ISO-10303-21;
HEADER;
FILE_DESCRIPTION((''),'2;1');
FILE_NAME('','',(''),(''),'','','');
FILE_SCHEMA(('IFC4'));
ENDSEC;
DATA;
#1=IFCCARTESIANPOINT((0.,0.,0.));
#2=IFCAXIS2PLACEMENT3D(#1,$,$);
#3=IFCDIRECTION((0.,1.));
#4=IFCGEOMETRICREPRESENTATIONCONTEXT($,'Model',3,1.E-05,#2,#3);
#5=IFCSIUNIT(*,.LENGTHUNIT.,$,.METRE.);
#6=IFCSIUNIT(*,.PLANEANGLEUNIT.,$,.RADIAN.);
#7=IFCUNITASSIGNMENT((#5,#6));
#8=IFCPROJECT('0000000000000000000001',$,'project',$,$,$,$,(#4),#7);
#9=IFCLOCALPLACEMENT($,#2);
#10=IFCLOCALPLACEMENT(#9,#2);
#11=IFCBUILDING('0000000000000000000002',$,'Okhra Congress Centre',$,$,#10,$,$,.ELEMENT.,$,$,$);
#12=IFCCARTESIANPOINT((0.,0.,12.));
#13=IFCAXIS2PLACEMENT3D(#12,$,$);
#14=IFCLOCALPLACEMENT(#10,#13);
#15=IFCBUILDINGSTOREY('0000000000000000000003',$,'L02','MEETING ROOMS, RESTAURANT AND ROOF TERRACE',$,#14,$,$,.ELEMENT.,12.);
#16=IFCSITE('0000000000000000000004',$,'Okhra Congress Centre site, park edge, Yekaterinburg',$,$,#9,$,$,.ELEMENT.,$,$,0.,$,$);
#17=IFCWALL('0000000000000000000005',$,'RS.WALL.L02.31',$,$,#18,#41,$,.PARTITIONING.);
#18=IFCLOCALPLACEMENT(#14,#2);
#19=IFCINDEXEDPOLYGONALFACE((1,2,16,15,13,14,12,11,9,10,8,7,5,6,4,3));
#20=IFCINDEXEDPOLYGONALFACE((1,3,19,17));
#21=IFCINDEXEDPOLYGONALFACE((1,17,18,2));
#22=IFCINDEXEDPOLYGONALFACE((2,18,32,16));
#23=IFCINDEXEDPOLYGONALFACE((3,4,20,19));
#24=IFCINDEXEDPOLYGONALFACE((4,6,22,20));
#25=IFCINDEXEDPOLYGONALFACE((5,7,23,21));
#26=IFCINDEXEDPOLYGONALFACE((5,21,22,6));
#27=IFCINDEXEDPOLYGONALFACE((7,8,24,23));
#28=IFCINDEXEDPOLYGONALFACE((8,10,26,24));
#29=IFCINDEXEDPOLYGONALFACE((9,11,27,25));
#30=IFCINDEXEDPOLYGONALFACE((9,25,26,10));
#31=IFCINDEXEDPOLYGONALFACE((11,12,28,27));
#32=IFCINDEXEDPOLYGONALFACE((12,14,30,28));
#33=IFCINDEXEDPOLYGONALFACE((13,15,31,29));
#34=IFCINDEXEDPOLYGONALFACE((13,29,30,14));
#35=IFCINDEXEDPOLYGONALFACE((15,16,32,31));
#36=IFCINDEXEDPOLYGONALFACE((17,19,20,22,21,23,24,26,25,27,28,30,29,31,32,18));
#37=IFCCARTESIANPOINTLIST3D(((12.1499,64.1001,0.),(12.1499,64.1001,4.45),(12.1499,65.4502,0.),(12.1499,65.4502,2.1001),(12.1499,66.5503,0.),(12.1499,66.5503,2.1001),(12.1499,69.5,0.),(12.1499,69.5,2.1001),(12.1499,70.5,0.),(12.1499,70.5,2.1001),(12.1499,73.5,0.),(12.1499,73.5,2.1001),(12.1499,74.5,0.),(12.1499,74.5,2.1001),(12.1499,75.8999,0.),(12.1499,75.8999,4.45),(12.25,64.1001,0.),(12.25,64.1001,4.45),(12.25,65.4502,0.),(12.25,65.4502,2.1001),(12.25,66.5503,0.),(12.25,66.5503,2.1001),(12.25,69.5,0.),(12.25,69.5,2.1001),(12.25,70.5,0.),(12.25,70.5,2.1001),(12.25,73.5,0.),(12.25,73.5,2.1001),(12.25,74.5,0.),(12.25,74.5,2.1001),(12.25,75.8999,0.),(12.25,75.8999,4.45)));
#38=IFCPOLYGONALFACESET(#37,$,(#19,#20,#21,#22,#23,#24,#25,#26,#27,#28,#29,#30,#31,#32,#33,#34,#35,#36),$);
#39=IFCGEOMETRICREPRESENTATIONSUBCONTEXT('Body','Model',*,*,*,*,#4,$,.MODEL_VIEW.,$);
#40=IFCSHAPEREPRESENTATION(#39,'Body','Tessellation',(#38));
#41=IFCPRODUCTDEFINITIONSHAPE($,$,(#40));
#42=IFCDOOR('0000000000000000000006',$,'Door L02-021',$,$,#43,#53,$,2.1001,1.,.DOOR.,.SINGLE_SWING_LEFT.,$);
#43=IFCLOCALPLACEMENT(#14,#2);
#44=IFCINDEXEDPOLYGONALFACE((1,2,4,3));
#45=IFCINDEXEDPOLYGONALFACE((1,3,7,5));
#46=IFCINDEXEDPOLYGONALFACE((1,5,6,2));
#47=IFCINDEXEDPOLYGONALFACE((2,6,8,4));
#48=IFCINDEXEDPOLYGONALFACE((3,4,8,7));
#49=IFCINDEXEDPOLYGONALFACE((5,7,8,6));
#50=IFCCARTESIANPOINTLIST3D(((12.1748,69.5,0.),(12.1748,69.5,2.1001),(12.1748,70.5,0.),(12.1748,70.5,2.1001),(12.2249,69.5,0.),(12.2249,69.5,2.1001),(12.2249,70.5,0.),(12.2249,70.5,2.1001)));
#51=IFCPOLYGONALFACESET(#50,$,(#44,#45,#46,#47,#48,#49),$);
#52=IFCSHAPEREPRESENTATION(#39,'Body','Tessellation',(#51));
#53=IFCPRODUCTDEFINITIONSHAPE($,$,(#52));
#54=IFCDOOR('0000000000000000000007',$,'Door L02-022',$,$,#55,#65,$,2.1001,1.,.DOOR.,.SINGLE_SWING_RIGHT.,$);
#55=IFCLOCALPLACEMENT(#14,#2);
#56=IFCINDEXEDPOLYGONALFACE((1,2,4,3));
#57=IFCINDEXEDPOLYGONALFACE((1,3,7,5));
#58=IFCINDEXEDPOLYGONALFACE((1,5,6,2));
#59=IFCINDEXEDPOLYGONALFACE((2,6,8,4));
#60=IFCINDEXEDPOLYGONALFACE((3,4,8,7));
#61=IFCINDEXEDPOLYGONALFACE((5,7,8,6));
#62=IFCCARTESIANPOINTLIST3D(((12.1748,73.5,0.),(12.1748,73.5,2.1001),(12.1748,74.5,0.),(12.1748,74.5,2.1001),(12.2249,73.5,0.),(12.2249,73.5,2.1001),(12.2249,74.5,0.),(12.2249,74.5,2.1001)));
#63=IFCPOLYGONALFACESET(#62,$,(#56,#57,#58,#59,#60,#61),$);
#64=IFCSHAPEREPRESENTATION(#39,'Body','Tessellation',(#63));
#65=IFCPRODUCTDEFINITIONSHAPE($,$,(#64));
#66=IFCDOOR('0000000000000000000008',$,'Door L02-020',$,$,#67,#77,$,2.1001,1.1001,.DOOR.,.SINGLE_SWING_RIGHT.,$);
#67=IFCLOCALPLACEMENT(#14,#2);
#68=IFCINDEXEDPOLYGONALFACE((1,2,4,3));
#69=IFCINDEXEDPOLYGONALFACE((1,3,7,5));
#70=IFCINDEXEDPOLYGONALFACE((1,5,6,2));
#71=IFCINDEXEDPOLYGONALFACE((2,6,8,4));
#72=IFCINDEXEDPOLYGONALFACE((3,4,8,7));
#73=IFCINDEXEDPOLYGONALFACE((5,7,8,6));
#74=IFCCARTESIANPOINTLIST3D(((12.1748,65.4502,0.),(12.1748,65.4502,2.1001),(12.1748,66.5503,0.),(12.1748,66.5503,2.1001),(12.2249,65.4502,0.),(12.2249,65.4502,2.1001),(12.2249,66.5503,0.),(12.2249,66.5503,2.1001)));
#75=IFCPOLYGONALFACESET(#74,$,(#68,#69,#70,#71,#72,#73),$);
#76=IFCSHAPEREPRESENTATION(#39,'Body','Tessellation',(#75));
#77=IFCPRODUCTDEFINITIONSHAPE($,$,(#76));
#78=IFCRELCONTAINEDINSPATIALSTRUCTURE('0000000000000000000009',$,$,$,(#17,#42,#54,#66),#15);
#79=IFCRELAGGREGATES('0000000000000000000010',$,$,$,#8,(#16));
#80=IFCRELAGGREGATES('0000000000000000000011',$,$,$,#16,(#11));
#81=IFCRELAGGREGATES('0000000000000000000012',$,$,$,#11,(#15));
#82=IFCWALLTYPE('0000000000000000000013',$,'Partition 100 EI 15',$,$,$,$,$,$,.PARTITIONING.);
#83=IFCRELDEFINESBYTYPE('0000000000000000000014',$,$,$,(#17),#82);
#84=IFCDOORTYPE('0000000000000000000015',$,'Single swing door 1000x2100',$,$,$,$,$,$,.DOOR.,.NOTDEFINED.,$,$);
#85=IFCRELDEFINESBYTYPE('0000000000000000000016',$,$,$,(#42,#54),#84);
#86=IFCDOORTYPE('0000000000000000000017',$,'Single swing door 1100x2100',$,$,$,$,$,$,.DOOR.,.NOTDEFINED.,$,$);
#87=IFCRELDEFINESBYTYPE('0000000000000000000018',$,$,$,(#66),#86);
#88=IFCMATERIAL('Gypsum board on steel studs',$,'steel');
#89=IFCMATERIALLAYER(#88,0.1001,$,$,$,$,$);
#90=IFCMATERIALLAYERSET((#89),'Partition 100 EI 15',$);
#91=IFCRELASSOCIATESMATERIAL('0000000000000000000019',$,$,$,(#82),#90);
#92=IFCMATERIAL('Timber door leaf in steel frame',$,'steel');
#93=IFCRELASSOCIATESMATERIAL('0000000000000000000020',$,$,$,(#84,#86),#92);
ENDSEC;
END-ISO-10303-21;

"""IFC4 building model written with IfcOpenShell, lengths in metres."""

from ifc_helpers import new_model, si_unit, direction, frame, frame_2d, origin, place, context, subcontext, project, spatial, rectangle, extrude, material, layer, layer_set, type_object, element, fill, save


model = new_model("IFC4")

# Units and contexts
model_context = context("Model", 3, precision=1e-05, world=origin(), true_north=direction((0.0, 1.0)))
body_context = subcontext(model_context, "Body", "Model", "MODEL_VIEW")
ifc_project = project(units=[si_unit("LENGTHUNIT", "METRE"), si_unit("PLANEANGLEUNIT", "RADIAN")], contexts=[model_context])

# Site, building, storey
site_placement = place(None, origin())
site = spatial("IfcSite", under=ifc_project, at=site_placement, Name="Okhra Congress Centre site, park edge, Yekaterinburg", CompositionType="ELEMENT", RefElevation=0.0)
building_placement = place(site_placement, origin())
building = spatial("IfcBuilding", under=site, at=building_placement, Name="Okhra Congress Centre", CompositionType="ELEMENT")
storey_placement = place(building_placement, frame((0.0, 0.0, 12.0)))
storey = spatial("IfcBuildingStorey", under=building, at=storey_placement, Name="L02", Description="MEETING ROOMS, RESTAURANT AND ROOF TERRACE", CompositionType="ELEMENT", Elevation=12.0)

# Shared definitions
ifc_material_1 = material(Name="Gypsum board on steel studs", Category="steel")
ifc_layer_1 = layer(ifc_material_1, 0.1001)
ifc_layer_set_1 = layer_set([ifc_layer_1], Name="Partition 100 EI 15")
wall_type_1 = type_object("IfcWallType", Name="Partition 100 EI 15", PredefinedType="PARTITIONING", material=ifc_layer_set_1)

# Wall, openings, doors
wall_1_placement = place(storey_placement, frame((12.2, 64.1001, 0.0), z_axis=(0.0, 0.0, 1.0), x_axis=(0.0, 1.0, 0.0)))
wall_1 = element("IfcWall", 1, at=wall_1_placement, inside=storey, type_object=wall_type_1, Name="RS.WALL.L02.31", PredefinedType="PARTITIONING", context=body_context, shape_type="SweptSolid", body=[
    extrude(rectangle(XDim=11.7998, YDim=0.1001, at=frame_2d((5.8999, 0.0))), origin(), (0.0, 0.0, 1.0), 4.45),
])
opening_1_placement = place(wall_1_placement, frame((1.3501, 0.0, 0.0)))
opening_1 = element("IfcOpeningElement", 2, at=opening_1_placement, cuts=wall_1, PredefinedType="OPENING", context=body_context, shape_type="SweptSolid", body=[
    extrude(rectangle(XDim=1.1001, YDim=2.1001, at=frame_2d((0.55, 1.05))), frame((0.0, 0.0601, 0.0), z_axis=(0.0, -1.0, 0.0), x_axis=(1.0, 0.0, 0.0)), (0.0, 0.0, 1.0), 0.1201),
])
opening_2_placement = place(wall_1_placement, frame((5.3999, 0.0, 0.0)))
opening_2 = element("IfcOpeningElement", 3, at=opening_2_placement, cuts=wall_1, PredefinedType="OPENING", context=body_context, shape_type="SweptSolid", body=[
    extrude(rectangle(XDim=1.0, YDim=2.1001, at=frame_2d((0.5, 1.05))), frame((0.0, 0.0601, 0.0), z_axis=(0.0, -1.0, 0.0), x_axis=(1.0, 0.0, 0.0)), (0.0, 0.0, 1.0), 0.1201),
])
opening_3_placement = place(wall_1_placement, frame((9.3999, 0.0, 0.0)))
opening_3 = element("IfcOpeningElement", 4, at=opening_3_placement, cuts=wall_1, PredefinedType="OPENING", context=body_context, shape_type="SweptSolid", body=[
    extrude(rectangle(XDim=1.0, YDim=2.1001, at=frame_2d((0.5, 1.05))), frame((0.0, 0.0601, 0.0), z_axis=(0.0, -1.0, 0.0), x_axis=(1.0, 0.0, 0.0)), (0.0, 0.0, 1.0), 0.1201),
])
ifc_material_2 = material(Name="Timber door leaf in steel frame", Category="steel")
door_type_1 = type_object("IfcDoorType", Name="Single swing door 1000x2100", OperationType="NOTDEFINED", PredefinedType="DOOR", material=ifc_material_2)
door_1_placement = place(opening_2_placement, frame((1.0, 0.0, 0.0), z_axis=(0.0, 0.0, 1.0), x_axis=(-1.0, 0.0, 0.0)))
door_1 = element("IfcDoor", 5, at=door_1_placement, inside=storey, type_object=door_type_1, Name="Door L02-021", OperationType="SINGLE_SWING_LEFT", OverallHeight=2.1001, OverallWidth=1.0, PredefinedType="DOOR", context=body_context, shape_type="SweptSolid", body=[
    extrude(rectangle(XDim=1.0, YDim=2.1001, at=frame_2d((0.5, 1.05))), frame((0.0, 0.0249, 0.0), z_axis=(0.0, -1.0, 0.0), x_axis=(1.0, 0.0, 0.0)), (0.0, 0.0, 1.0), 0.05),
])
fill(opening_2, door_1)
door_2_placement = place(opening_3_placement, frame((1.0, 0.0, 0.0), z_axis=(0.0, 0.0, 1.0), x_axis=(-1.0, 0.0, 0.0)))
door_2 = element("IfcDoor", 6, at=door_2_placement, inside=storey, type_object=door_type_1, Name="Door L02-022", OperationType="SINGLE_SWING_RIGHT", OverallHeight=2.1001, OverallWidth=1.0, PredefinedType="DOOR", context=body_context, shape_type="SweptSolid", body=[
    extrude(rectangle(XDim=1.0, YDim=2.1001, at=frame_2d((0.5, 1.05))), frame((0.0, 0.0249, 0.0), z_axis=(0.0, -1.0, 0.0), x_axis=(1.0, 0.0, 0.0)), (0.0, 0.0, 1.0), 0.05),
])
fill(opening_3, door_2)
door_type_2 = type_object("IfcDoorType", Name="Single swing door 1100x2100", OperationType="NOTDEFINED", PredefinedType="DOOR", material=ifc_material_2)
door_3_placement = place(opening_1_placement, frame((1.1001, 0.0, 0.0), z_axis=(0.0, 0.0, 1.0), x_axis=(-1.0, 0.0, 0.0)))
door_3 = element("IfcDoor", 7, at=door_3_placement, inside=storey, type_object=door_type_2, Name="Door L02-020", OperationType="SINGLE_SWING_RIGHT", OverallHeight=2.1001, OverallWidth=1.1001, PredefinedType="DOOR", context=body_context, shape_type="SweptSolid", body=[
    extrude(rectangle(XDim=1.1001, YDim=2.1001, at=frame_2d((0.55, 1.05))), frame((0.0, 0.0249, 0.0), z_axis=(0.0, -1.0, 0.0), x_axis=(1.0, 0.0, 0.0)), (0.0, 0.0, 1.0), 0.05),
])
fill(opening_1, door_3)

save(model, "model.ifc")
